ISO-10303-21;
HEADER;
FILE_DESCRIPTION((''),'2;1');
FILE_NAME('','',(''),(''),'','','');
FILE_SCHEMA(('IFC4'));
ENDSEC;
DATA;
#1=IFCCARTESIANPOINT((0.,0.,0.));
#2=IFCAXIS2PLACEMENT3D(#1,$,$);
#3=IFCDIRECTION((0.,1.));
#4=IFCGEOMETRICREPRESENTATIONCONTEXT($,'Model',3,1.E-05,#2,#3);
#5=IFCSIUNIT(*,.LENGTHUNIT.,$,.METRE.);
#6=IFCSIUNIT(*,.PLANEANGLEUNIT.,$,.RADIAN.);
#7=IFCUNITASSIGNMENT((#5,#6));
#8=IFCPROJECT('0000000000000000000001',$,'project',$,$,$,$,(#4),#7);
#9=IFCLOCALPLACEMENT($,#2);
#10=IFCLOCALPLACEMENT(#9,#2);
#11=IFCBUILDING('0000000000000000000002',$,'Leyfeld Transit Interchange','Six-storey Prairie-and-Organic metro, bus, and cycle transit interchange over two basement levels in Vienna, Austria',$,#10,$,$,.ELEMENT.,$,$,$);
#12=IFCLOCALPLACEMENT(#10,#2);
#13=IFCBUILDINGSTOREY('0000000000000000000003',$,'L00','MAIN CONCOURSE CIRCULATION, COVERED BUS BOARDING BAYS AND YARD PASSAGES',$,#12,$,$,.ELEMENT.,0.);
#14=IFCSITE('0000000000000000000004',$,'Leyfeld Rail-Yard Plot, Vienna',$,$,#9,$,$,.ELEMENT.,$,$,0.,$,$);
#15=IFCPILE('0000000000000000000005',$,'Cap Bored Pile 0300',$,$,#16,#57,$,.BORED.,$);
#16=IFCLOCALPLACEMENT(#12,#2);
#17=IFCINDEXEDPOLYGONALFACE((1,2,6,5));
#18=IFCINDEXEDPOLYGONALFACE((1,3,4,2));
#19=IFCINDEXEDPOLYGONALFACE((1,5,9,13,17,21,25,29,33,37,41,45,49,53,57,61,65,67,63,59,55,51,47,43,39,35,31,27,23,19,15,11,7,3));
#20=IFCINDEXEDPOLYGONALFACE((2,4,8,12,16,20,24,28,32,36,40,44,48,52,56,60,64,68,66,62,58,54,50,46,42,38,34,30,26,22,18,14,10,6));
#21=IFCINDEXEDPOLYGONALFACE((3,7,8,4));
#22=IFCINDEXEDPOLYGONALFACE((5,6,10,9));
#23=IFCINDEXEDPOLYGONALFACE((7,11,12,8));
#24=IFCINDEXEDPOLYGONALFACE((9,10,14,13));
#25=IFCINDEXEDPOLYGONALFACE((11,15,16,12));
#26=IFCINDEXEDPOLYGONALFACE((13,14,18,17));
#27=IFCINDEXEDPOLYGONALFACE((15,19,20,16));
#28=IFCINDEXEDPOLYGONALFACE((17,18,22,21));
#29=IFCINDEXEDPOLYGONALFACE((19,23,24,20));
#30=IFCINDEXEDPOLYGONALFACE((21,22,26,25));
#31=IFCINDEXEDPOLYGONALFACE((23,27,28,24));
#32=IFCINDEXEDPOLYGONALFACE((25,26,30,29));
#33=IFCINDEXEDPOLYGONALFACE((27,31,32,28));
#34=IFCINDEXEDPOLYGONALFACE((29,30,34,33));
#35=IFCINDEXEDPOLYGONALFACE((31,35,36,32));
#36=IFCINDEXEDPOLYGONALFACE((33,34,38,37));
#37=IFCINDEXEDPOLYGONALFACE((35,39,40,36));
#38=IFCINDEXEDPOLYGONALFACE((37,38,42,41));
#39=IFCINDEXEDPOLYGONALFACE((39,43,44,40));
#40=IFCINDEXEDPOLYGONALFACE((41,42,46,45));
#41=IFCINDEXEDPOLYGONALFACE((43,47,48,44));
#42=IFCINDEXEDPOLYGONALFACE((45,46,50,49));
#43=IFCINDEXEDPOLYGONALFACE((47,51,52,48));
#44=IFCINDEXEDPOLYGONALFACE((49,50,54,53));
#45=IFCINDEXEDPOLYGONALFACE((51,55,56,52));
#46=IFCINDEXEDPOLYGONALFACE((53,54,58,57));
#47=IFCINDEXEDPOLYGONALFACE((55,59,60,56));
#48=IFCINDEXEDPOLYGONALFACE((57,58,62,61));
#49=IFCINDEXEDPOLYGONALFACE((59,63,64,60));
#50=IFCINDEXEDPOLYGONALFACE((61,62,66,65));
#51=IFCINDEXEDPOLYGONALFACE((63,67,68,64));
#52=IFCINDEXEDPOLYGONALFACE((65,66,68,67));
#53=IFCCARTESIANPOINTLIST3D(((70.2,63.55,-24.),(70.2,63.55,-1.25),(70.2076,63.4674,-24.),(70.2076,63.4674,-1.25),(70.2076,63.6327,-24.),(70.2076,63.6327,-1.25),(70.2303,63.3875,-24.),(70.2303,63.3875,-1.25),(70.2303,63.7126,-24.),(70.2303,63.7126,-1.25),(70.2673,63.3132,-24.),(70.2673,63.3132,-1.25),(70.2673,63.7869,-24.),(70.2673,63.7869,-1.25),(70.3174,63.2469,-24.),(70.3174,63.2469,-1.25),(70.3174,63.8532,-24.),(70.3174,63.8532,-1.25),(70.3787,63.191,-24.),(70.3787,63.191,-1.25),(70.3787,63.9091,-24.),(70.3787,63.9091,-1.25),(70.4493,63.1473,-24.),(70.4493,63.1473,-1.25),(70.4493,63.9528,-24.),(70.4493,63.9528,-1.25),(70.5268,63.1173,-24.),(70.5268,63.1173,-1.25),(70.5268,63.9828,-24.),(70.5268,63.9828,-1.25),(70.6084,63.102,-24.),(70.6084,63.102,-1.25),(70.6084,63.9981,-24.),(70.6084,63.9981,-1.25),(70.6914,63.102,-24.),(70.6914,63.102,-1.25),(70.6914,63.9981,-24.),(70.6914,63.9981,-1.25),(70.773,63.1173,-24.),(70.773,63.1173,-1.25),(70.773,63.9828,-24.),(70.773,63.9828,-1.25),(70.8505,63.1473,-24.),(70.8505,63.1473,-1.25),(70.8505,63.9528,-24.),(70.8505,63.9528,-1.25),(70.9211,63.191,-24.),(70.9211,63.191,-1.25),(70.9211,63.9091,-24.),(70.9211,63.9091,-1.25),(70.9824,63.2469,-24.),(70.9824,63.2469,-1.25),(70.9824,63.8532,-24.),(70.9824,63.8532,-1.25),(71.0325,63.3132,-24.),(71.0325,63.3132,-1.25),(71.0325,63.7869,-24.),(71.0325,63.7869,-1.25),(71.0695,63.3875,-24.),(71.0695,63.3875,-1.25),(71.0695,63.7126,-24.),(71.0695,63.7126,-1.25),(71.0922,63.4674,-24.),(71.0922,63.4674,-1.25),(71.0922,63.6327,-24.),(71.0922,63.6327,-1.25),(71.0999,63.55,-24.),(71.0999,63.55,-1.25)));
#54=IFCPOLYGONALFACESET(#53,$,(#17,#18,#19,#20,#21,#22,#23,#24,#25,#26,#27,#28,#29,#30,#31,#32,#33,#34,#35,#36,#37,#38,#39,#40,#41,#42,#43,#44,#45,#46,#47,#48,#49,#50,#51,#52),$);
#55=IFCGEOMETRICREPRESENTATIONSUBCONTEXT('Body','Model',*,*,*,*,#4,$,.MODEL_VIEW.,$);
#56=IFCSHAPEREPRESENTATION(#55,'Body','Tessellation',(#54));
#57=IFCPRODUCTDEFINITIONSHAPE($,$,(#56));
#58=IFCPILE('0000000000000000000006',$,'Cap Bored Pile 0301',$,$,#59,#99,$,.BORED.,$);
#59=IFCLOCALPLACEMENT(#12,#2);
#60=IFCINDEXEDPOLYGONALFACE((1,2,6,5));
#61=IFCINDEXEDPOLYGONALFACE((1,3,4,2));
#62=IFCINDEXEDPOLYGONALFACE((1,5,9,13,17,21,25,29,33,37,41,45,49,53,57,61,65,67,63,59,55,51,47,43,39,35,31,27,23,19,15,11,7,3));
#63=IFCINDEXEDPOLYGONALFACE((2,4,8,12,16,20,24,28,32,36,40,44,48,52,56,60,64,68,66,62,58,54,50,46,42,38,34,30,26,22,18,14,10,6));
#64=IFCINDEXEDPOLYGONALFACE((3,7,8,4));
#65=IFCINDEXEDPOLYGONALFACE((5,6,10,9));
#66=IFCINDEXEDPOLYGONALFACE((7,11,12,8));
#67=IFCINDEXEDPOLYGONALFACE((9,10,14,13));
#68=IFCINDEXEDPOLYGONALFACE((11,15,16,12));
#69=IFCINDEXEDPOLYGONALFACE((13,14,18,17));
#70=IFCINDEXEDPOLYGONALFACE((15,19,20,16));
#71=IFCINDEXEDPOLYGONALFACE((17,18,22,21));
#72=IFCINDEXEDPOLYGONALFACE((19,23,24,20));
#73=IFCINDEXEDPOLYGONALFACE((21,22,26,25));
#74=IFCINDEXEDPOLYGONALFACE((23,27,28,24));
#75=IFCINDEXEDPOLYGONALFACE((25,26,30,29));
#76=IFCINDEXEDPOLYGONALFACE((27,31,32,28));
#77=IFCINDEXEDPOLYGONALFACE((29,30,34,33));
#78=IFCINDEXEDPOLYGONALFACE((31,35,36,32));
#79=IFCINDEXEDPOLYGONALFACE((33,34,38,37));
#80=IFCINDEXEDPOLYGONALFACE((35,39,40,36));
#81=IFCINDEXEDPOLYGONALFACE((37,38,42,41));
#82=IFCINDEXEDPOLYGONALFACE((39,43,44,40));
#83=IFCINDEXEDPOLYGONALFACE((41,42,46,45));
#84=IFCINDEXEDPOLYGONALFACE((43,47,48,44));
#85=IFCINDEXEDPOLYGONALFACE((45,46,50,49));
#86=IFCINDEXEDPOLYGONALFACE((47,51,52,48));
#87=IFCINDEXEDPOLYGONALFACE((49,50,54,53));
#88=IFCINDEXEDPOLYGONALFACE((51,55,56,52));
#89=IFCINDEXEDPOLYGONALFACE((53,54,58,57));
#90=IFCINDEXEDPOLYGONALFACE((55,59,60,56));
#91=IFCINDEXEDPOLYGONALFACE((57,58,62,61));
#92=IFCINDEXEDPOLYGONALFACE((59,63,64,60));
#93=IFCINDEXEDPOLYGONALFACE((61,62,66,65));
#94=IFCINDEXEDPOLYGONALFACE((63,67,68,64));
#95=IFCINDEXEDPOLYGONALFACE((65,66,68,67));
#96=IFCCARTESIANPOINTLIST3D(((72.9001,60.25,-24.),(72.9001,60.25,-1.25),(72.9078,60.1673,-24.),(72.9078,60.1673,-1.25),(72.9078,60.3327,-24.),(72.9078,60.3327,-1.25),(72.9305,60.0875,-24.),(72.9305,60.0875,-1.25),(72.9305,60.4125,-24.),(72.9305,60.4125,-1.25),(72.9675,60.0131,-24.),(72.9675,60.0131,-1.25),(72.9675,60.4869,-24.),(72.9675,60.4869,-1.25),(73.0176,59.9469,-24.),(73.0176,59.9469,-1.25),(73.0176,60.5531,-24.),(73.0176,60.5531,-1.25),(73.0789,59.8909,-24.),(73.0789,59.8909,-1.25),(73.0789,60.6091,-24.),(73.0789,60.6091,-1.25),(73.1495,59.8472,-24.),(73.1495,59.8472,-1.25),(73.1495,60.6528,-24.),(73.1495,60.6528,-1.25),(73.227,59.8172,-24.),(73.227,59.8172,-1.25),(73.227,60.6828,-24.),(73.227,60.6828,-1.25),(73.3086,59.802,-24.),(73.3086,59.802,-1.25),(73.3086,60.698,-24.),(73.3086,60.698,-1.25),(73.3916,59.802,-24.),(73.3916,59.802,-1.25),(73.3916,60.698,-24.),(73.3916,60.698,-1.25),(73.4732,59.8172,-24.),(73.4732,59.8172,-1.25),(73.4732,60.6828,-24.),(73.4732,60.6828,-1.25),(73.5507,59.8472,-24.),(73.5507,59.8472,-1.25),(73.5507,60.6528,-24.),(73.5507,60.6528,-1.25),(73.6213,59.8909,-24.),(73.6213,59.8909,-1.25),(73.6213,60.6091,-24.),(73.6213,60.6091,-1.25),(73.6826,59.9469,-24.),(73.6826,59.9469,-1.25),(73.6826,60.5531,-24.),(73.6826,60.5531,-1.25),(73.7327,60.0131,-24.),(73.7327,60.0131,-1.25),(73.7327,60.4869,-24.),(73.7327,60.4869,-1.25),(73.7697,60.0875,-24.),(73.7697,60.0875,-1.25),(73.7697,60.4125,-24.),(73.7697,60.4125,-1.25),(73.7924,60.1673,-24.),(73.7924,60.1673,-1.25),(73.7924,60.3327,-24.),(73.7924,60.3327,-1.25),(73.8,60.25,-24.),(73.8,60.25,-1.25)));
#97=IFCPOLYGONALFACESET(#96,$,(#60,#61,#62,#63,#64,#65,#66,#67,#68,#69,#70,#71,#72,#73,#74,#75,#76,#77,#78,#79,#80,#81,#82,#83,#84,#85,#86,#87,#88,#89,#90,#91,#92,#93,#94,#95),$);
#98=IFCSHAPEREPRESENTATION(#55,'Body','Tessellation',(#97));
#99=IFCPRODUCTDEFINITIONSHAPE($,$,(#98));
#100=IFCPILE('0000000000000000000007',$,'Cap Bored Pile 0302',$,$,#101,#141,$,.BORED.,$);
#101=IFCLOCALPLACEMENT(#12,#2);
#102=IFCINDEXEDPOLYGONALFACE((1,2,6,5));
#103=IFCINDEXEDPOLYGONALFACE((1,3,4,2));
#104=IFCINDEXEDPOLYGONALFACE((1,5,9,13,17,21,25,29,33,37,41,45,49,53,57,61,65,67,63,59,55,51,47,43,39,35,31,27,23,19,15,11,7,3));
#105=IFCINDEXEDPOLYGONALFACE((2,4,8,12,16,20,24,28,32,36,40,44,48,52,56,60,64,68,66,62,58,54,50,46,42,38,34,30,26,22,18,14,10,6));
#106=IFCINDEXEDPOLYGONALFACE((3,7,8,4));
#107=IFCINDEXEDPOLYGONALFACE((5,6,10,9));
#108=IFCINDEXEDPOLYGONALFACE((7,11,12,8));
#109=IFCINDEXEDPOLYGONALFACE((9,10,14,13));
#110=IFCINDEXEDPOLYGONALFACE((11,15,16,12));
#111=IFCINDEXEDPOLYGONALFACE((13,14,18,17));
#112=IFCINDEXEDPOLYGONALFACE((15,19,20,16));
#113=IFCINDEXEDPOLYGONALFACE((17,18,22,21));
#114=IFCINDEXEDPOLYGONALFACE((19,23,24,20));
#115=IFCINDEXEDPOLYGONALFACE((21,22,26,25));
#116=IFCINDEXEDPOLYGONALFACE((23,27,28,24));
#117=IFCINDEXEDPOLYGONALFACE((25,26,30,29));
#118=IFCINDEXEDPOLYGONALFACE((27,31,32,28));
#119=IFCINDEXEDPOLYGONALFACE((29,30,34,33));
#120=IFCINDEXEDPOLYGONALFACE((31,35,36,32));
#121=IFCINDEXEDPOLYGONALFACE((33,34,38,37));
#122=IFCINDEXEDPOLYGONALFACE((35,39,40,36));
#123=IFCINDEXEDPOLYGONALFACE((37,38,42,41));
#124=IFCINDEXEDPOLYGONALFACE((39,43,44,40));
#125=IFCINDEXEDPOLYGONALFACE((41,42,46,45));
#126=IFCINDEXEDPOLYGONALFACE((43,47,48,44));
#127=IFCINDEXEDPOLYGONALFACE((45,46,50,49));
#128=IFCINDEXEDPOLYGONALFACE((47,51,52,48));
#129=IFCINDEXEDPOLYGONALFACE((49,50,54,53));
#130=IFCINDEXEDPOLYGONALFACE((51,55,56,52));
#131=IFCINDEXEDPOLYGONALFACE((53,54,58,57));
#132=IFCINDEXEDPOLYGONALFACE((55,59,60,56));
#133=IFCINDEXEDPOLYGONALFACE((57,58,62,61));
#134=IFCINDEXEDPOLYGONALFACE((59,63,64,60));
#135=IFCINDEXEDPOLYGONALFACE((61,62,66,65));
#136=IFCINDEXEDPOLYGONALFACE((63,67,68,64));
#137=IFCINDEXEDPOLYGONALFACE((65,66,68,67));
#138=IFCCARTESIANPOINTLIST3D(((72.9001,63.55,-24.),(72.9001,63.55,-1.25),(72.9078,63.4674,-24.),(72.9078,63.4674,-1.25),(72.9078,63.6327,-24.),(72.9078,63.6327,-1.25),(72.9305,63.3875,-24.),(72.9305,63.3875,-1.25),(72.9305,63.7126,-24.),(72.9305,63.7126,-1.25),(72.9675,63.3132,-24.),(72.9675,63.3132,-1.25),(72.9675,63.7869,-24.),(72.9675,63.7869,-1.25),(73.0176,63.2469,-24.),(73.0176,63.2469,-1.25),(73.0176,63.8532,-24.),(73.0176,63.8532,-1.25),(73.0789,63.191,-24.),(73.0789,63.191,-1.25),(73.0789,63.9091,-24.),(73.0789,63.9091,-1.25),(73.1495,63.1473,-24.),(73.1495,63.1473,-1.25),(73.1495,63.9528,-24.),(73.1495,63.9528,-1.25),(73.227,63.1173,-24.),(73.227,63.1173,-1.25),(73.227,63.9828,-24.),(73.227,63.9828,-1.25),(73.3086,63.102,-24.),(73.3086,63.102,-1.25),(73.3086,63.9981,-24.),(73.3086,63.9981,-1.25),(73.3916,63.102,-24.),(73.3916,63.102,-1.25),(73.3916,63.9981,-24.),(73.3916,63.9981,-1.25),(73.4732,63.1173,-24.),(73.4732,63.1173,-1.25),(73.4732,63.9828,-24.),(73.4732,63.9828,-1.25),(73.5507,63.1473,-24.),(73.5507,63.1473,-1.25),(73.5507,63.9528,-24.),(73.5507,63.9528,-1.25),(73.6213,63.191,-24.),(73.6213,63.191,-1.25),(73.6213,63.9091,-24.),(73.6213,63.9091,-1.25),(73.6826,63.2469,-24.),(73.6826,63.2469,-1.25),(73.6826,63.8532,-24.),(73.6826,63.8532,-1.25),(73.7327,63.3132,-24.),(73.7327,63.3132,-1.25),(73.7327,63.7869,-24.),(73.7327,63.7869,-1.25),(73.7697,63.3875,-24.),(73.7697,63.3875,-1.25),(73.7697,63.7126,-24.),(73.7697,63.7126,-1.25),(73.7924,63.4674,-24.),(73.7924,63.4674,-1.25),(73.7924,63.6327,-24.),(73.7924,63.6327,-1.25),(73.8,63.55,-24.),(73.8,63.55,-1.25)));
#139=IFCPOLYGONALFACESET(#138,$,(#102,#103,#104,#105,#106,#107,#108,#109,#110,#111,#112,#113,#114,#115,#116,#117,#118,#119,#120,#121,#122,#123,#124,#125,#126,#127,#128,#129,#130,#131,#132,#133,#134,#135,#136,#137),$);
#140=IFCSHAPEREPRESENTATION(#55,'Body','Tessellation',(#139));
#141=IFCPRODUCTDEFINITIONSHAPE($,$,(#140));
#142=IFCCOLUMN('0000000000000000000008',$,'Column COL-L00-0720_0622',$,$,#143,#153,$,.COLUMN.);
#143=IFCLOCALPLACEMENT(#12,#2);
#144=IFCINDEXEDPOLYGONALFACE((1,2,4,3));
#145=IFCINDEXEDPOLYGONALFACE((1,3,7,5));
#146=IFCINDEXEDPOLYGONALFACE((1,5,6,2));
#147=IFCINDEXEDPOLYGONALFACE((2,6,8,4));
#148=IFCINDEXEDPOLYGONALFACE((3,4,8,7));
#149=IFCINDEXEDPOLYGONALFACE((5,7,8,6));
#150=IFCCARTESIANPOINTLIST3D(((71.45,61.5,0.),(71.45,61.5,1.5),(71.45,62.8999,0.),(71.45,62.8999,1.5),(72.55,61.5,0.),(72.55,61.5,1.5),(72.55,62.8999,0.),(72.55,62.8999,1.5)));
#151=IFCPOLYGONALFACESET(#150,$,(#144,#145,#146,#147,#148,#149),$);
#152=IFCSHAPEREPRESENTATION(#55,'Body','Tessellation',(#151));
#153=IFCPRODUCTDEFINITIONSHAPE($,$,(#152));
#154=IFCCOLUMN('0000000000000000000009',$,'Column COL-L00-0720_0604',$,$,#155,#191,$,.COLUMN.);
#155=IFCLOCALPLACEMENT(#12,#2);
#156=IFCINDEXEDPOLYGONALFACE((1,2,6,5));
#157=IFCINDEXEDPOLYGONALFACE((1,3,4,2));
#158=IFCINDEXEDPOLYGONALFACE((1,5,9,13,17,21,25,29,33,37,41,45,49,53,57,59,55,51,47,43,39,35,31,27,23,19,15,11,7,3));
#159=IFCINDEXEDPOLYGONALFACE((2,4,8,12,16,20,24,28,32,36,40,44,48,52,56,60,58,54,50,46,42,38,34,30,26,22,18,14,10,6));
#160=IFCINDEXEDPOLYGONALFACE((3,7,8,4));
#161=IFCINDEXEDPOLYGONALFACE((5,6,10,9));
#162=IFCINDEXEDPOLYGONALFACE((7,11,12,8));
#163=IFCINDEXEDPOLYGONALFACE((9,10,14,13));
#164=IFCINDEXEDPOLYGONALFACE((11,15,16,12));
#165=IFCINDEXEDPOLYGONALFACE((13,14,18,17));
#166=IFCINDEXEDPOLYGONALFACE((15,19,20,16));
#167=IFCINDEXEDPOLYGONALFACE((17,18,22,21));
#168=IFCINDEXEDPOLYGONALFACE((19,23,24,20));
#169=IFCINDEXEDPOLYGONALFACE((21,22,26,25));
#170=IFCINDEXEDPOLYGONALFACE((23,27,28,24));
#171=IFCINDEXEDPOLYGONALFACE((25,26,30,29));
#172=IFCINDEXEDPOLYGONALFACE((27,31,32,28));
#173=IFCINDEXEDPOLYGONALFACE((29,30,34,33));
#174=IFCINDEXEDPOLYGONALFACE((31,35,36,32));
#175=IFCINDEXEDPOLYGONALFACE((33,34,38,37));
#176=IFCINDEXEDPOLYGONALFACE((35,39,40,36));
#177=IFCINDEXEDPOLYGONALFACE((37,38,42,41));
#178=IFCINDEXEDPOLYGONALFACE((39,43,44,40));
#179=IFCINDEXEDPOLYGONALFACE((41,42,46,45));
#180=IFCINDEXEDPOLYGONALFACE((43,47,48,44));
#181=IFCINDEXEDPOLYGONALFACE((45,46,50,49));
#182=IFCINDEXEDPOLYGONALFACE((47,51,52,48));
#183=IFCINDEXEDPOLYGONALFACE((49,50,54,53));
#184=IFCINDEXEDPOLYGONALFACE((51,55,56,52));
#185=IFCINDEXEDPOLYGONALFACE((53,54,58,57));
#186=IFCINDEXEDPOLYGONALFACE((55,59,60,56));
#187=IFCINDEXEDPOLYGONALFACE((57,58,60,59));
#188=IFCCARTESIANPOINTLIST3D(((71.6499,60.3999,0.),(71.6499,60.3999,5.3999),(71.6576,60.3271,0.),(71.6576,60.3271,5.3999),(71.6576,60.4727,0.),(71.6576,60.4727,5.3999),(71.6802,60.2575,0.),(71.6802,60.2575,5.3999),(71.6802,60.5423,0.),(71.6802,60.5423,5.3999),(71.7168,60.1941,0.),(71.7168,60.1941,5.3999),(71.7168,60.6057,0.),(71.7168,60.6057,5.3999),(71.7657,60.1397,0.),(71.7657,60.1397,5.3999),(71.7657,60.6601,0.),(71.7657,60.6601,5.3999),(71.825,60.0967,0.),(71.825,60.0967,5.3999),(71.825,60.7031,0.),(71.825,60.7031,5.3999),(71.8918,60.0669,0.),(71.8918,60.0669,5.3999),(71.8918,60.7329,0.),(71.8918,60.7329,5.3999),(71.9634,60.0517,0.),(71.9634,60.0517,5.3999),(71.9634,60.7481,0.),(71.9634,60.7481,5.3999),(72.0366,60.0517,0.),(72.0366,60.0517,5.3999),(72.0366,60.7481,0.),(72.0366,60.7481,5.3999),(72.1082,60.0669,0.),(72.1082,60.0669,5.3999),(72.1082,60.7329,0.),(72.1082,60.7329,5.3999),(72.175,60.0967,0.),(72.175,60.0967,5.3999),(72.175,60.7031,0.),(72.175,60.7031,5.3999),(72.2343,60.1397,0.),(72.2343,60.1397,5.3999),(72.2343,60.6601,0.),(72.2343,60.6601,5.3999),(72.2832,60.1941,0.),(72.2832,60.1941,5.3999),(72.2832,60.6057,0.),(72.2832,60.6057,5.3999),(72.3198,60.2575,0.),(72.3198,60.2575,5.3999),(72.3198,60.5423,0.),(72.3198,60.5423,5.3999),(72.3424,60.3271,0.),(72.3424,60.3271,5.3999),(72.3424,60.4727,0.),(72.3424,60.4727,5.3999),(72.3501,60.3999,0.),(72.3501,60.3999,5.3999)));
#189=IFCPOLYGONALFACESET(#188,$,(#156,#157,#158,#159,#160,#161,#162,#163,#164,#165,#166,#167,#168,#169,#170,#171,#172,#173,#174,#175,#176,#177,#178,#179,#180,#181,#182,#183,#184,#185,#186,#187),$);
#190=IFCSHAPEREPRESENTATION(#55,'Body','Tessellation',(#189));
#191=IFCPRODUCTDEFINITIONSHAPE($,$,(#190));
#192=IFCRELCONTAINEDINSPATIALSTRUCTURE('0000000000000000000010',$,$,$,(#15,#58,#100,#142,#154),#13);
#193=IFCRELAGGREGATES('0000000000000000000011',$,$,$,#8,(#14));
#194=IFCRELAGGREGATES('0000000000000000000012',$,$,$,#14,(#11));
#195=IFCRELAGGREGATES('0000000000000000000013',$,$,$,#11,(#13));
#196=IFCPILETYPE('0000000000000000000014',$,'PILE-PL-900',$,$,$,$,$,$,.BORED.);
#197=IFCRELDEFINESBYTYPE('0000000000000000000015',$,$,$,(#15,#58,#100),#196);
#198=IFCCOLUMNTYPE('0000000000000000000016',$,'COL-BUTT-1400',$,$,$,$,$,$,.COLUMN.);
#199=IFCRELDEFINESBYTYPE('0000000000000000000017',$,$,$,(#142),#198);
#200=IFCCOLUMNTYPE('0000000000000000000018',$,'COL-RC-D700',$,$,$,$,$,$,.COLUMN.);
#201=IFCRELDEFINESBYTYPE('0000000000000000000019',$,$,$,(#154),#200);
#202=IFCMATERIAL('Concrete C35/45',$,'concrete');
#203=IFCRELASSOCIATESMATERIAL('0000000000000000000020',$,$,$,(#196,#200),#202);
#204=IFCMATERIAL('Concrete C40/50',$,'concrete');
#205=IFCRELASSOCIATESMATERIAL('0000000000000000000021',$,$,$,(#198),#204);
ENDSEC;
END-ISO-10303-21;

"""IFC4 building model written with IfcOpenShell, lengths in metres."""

from ifc_helpers import new_model, si_unit, direction, frame, origin, origin_2d, place, context, subcontext, project, spatial, rectangle, circle, extrude, material, material_profile, profile_set, type_object, element, save


model = new_model("IFC4")

# Units and contexts
model_context = context("Model", 3, precision=1e-05, world=origin(), true_north=direction((0.0, 1.0)))
body_context = subcontext(model_context, "Body", "Model", "MODEL_VIEW")
ifc_project = project(units=[si_unit("LENGTHUNIT", "METRE"), si_unit("PLANEANGLEUNIT", "RADIAN")], contexts=[model_context])

# Site, building, storey
site_placement = place(None, origin())
site = spatial("IfcSite", under=ifc_project, at=site_placement, Name="Leyfeld Rail-Yard Plot, Vienna", CompositionType="ELEMENT", RefElevation=0.0)
building_placement = place(site_placement, origin())
building = spatial("IfcBuilding", under=site, at=building_placement, Name="Leyfeld Transit Interchange", Description="Six-storey Prairie-and-Organic metro, bus, and cycle transit interchange over two basement levels in Vienna, Austria", CompositionType="ELEMENT")
storey_placement = place(building_placement, origin())
storey = spatial("IfcBuildingStorey", under=building, at=storey_placement, Name="L00", Description="MAIN CONCOURSE CIRCULATION, COVERED BUS BOARDING BAYS AND YARD PASSAGES", CompositionType="ELEMENT", Elevation=0.0)

# Shared definitions
ifc_material_1 = material(Name="Concrete C35/45", Category="concrete")

# Piles
ifc_material_profile_1 = material_profile(ifc_material_1, circle(Radius=0.45, at=origin_2d()), Name="PILE D900")
ifc_profile_set_1 = profile_set([ifc_material_profile_1], Name="Concrete C35/45")
pile_type = type_object("IfcPileType", Name="PILE-PL-900", PredefinedType="BORED", material=ifc_profile_set_1)
for number, where, z_axis, x_axis, name in (
    (1, (70.6499, 63.55, -1.25), (0.0, 0.0, -1.0), (1.0, 0.0, 0.0), "Cap Bored Pile 0300"),
    (2, (73.3501, 60.25, -1.25), (0.0, 0.0, -1.0), (1.0, 0.0, 0.0), "Cap Bored Pile 0301"),
    (3, (73.3501, 63.55, -1.25), (0.0, 0.0, -1.0), (1.0, 0.0, 0.0), "Cap Bored Pile 0302"),
):
    element("IfcPile", number, at=place(storey_placement, frame(where, z_axis=z_axis, x_axis=x_axis)), inside=storey, type_object=pile_type, Name=name, PredefinedType="BORED", context=body_context, shape_type="SweptSolid", body=[
        extrude(circle(Radius=0.45, at=origin_2d()), origin(), (0.0, 0.0, 1.0), 22.75),
    ])

# Columns
ifc_material_2 = material(Name="Concrete C40/50", Category="concrete")
ifc_material_profile_2 = material_profile(ifc_material_2, rectangle(XDim=1.1001, YDim=1.3999, at=origin_2d()), Name="RC 1400x1100")
ifc_profile_set_2 = profile_set([ifc_material_profile_2], Name="Concrete C40/50")
column_type_1 = type_object("IfcColumnType", Name="COL-BUTT-1400", PredefinedType="COLUMN", material=ifc_profile_set_2)
column_1_placement = place(storey_placement, frame((72.0, 62.2, 0.0), z_axis=(0.0, 0.0, 1.0), x_axis=(1.0, 0.0, 0.0)))
element("IfcColumn", 4, at=column_1_placement, inside=storey, type_object=column_type_1, Name="Column COL-L00-0720_0622", PredefinedType="COLUMN", context=body_context, shape_type="SweptSolid", body=[
    extrude(rectangle(XDim=1.1001, YDim=1.3999, at=origin_2d()), origin(), (0.0, 0.0, 1.0), 1.5),
])
ifc_material_profile_3 = material_profile(ifc_material_1, circle(Radius=0.3501, at=origin_2d()), Name="RC D700")
ifc_profile_set_3 = profile_set([ifc_material_profile_3], Name="Concrete C35/45")
column_type_2 = type_object("IfcColumnType", Name="COL-RC-D700", PredefinedType="COLUMN", material=ifc_profile_set_3)
column_2_placement = place(storey_placement, frame((72.0, 60.3999, 0.0), z_axis=(0.0, 0.0, 1.0), x_axis=(1.0, 0.0, 0.0)))
element("IfcColumn", 5, at=column_2_placement, inside=storey, type_object=column_type_2, Name="Column COL-L00-0720_0604", PredefinedType="COLUMN", context=body_context, shape_type="SweptSolid", body=[
    extrude(circle(Radius=0.3501, at=origin_2d()), origin(), (0.0, 0.0, 1.0), 5.3999),
])

save(model, "model.ifc")
